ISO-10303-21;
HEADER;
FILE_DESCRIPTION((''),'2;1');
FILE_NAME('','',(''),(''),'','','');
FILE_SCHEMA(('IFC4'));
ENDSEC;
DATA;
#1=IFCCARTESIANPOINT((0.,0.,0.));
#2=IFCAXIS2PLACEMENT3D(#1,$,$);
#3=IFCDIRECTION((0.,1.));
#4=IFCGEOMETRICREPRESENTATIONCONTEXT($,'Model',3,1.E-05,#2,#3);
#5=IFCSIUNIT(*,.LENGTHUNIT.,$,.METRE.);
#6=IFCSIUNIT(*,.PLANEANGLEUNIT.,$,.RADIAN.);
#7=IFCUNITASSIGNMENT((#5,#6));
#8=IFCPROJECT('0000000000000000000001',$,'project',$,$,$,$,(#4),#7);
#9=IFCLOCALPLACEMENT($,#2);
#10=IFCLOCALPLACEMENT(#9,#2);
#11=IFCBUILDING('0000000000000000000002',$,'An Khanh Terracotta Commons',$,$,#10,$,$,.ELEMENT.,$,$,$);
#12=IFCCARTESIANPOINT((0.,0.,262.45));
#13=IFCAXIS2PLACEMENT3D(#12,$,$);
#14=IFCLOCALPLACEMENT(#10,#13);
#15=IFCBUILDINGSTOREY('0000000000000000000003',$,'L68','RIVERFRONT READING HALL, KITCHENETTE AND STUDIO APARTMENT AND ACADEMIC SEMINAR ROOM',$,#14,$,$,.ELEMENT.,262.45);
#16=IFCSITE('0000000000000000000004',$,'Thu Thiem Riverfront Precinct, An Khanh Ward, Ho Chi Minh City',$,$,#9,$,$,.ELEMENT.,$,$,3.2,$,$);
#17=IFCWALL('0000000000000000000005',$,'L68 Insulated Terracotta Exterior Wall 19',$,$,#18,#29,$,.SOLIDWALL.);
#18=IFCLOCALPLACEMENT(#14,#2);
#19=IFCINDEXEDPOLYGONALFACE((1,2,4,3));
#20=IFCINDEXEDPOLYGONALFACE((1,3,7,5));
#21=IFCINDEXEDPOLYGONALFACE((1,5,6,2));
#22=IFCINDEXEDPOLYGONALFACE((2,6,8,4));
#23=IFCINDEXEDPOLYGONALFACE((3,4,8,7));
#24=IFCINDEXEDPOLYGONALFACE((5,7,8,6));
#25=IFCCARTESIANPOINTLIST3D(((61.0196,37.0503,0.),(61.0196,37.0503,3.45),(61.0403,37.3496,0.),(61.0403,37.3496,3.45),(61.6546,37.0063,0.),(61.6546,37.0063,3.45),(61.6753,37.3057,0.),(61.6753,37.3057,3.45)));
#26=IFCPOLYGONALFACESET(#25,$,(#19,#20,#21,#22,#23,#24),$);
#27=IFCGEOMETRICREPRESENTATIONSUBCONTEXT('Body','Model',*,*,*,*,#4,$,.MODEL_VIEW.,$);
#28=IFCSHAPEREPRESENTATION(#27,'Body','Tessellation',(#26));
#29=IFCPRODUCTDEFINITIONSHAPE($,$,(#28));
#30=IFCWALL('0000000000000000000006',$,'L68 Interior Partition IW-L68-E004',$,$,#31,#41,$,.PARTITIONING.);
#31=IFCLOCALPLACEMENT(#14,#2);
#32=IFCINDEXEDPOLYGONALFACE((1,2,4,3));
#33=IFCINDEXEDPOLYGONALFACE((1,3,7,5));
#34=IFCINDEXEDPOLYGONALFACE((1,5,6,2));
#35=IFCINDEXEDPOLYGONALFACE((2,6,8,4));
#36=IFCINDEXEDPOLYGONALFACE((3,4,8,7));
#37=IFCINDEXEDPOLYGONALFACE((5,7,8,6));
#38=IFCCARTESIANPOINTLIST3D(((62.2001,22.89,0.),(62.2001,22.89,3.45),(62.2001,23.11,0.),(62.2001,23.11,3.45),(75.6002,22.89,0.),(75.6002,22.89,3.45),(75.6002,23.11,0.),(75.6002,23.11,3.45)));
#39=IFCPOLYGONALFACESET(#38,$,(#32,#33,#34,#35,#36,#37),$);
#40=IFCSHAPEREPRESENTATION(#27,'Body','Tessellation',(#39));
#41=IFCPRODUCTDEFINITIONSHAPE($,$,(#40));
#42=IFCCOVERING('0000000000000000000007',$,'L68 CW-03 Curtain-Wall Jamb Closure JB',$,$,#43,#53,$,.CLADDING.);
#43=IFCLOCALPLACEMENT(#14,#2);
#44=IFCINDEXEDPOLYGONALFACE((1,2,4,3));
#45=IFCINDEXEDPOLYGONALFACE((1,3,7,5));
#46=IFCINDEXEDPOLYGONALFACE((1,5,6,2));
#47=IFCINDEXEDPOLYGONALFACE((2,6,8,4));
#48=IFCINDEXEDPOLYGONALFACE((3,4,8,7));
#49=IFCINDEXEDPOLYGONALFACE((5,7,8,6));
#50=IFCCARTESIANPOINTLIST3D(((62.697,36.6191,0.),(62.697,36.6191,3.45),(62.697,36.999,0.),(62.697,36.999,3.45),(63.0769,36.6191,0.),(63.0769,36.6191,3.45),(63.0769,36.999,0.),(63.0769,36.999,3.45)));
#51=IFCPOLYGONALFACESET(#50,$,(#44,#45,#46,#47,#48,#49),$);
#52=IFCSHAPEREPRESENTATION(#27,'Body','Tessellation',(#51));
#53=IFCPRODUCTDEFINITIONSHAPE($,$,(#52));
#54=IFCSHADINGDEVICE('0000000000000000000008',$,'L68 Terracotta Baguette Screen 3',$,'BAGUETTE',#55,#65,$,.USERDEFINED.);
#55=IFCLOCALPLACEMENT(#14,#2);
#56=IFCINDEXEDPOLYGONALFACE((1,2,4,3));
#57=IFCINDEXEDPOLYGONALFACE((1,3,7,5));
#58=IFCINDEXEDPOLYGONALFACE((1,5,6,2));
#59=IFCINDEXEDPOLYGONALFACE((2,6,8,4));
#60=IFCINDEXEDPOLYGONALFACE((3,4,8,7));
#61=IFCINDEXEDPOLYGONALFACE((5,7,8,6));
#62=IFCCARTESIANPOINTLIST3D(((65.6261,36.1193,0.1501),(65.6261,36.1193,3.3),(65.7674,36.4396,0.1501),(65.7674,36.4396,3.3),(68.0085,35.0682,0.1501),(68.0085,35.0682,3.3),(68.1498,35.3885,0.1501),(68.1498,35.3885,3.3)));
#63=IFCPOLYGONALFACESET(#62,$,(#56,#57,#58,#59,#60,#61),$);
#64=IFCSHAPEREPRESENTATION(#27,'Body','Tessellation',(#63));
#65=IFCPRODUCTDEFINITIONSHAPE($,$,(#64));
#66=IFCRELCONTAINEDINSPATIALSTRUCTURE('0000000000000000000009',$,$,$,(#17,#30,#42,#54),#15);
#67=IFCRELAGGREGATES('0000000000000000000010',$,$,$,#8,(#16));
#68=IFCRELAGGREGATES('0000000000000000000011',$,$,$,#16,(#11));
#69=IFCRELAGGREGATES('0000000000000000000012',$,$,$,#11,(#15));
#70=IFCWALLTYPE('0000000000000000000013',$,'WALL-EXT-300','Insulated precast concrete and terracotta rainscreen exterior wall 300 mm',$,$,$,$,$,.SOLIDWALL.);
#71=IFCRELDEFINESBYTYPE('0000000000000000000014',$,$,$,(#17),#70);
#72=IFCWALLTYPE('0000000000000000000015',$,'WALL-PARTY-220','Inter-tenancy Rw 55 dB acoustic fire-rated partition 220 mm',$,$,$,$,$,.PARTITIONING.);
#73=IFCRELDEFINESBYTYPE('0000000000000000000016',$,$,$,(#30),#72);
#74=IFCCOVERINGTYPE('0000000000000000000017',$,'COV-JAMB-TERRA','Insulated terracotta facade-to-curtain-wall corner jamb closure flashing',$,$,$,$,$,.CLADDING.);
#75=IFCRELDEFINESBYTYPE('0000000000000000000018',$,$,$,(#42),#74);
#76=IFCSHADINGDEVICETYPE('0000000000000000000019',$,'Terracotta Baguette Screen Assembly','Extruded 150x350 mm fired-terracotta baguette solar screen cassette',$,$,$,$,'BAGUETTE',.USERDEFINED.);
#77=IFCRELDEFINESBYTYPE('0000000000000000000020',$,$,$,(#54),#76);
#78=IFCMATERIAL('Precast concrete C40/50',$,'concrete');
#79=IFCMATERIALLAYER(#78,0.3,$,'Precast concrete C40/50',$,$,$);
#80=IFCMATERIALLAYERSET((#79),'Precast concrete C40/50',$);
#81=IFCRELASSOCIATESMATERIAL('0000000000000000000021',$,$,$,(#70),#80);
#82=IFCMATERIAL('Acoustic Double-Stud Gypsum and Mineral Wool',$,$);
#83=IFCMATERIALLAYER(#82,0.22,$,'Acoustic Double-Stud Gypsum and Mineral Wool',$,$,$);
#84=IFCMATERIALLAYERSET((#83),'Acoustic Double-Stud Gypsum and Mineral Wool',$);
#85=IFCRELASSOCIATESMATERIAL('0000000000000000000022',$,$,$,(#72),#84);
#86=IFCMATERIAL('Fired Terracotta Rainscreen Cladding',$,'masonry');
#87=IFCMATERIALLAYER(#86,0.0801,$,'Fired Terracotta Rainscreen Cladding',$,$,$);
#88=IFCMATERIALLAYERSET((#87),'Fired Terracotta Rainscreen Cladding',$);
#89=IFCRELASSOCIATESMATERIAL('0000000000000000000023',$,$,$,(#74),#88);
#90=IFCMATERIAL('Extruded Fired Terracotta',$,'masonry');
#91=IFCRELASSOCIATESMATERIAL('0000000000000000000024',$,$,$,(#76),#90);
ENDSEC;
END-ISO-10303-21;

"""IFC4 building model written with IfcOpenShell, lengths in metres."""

from ifc_helpers import new_model, si_unit, direction, frame, frame_2d, origin, origin_2d, place, context, subcontext, project, spatial, rectangle, extrude, material, layer, layer_set, type_object, element, save


model = new_model("IFC4")

# Units and contexts
model_context = context("Model", 3, precision=1e-05, world=origin(), true_north=direction((0.0, 1.0)))
body_context = subcontext(model_context, "Body", "Model", "MODEL_VIEW")
ifc_project = project(units=[si_unit("LENGTHUNIT", "METRE"), si_unit("PLANEANGLEUNIT", "RADIAN")], contexts=[model_context])

# Site, building, storey
site_placement = place(None, origin())
site = spatial("IfcSite", under=ifc_project, at=site_placement, Name="Thu Thiem Riverfront Precinct, An Khanh Ward, Ho Chi Minh City", CompositionType="ELEMENT", RefElevation=3.2)
building_placement = place(site_placement, origin())
building = spatial("IfcBuilding", under=site, at=building_placement, Name="An Khanh Terracotta Commons", CompositionType="ELEMENT")
storey_placement = place(building_placement, frame((0.0, 0.0, 262.45)))
storey = spatial("IfcBuildingStorey", under=building, at=storey_placement, Name="L68", Description="RIVERFRONT READING HALL, KITCHENETTE AND STUDIO APARTMENT AND ACADEMIC SEMINAR ROOM", CompositionType="ELEMENT", Elevation=262.45)

# Walls
ifc_material_1 = material(Name="Precast concrete C40/50", Category="concrete")
ifc_layer_1 = layer(ifc_material_1, 0.3, Name="Precast concrete C40/50")
ifc_layer_set_1 = layer_set([ifc_layer_1], Name="Precast concrete C40/50")
wall_type_1 = type_object("IfcWallType", Name="WALL-EXT-300", Description="Insulated precast concrete and terracotta rainscreen exterior wall 300 mm", PredefinedType="SOLIDWALL", material=ifc_layer_set_1)
wall_1_placement = place(storey_placement, frame((61.665, 37.156, 0.0), z_axis=(0.0, 0.0, 1.0), x_axis=(-0.997614, 0.069039, 0.0)))
element("IfcWall", 1, at=wall_1_placement, inside=storey, type_object=wall_type_1, Name="L68 Insulated Terracotta Exterior Wall 19", PredefinedType="SOLIDWALL", context=body_context, shape_type="SweptSolid", body=[
    extrude(rectangle(XDim=0.6365, YDim=0.3, at=frame_2d((0.3184, 0.0))), origin(), (0.0, 0.0, 1.0), 3.45),
])
ifc_material_2 = material(Name="Acoustic Double-Stud Gypsum and Mineral Wool")
ifc_layer_2 = layer(ifc_material_2, 0.22, Name="Acoustic Double-Stud Gypsum and Mineral Wool")
ifc_layer_set_2 = layer_set([ifc_layer_2], Name="Acoustic Double-Stud Gypsum and Mineral Wool")
wall_type_2 = type_object("IfcWallType", Name="WALL-PARTY-220", Description="Inter-tenancy Rw 55 dB acoustic fire-rated partition 220 mm", PredefinedType="PARTITIONING", material=ifc_layer_set_2)
wall_2_placement = place(storey_placement, frame((62.2, 23.0, 0.0), z_axis=(0.0, 0.0, 1.0), x_axis=(1.0, 0.0, 0.0)))
element("IfcWall", 2, at=wall_2_placement, inside=storey, type_object=wall_type_2, Name="L68 Interior Partition IW-L68-E004", PredefinedType="PARTITIONING", context=body_context, shape_type="SweptSolid", body=[
    extrude(rectangle(XDim=13.4001, YDim=0.22, at=frame_2d((6.7002, 0.0))), origin(), (0.0, 0.0, 1.0), 3.45),
])

# Covering
ifc_material_3 = material(Name="Fired Terracotta Rainscreen Cladding", Category="masonry")
ifc_layer_3 = layer(ifc_material_3, 0.0801, Name="Fired Terracotta Rainscreen Cladding")
ifc_layer_set_3 = layer_set([ifc_layer_3], Name="Fired Terracotta Rainscreen Cladding")
covering_type = type_object("IfcCoveringType", Name="COV-JAMB-TERRA", Description="Insulated terracotta facade-to-curtain-wall corner jamb closure flashing", PredefinedType="CLADDING", material=ifc_layer_set_3)
covering_placement = place(storey_placement, frame((62.887, 36.8091, 0.0), z_axis=(0.0, 0.0, 1.0), x_axis=(1.0, 0.0, 0.0)))
element("IfcCovering", 3, at=covering_placement, inside=storey, type_object=covering_type, Name="L68 CW-03 Curtain-Wall Jamb Closure JB", PredefinedType="CLADDING", context=body_context, shape_type="SweptSolid", body=[
    extrude(rectangle(XDim=0.3799, YDim=0.3799, at=origin_2d()), origin(), (0.0, 0.0, 1.0), 3.45),
])

# Shading device
ifc_material_4 = material(Name="Extruded Fired Terracotta", Category="masonry")
shading_device_type = type_object("IfcShadingDeviceType", Name="Terracotta Baguette Screen Assembly", Description="Extruded 150x350 mm fired-terracotta baguette solar screen cassette", ElementType="BAGUETTE", PredefinedType="USERDEFINED", material=ifc_material_4)
shading_device_placement = place(storey_placement, frame((66.8879, 35.7539, 0.1501), z_axis=(0.0, 0.0, 1.0), x_axis=(-0.914902, 0.403676, 0.0)))
element("IfcShadingDevice", 4, at=shading_device_placement, inside=storey, type_object=shading_device_type, Name="L68 Terracotta Baguette Screen 3", ObjectType="BAGUETTE", PredefinedType="USERDEFINED", context=body_context, shape_type="SweptSolid", body=[
    extrude(rectangle(XDim=2.604, YDim=0.3501, at=origin_2d()), origin(), (0.0, 0.0, 1.0), 3.1499),
])

save(model, "model.ifc")
